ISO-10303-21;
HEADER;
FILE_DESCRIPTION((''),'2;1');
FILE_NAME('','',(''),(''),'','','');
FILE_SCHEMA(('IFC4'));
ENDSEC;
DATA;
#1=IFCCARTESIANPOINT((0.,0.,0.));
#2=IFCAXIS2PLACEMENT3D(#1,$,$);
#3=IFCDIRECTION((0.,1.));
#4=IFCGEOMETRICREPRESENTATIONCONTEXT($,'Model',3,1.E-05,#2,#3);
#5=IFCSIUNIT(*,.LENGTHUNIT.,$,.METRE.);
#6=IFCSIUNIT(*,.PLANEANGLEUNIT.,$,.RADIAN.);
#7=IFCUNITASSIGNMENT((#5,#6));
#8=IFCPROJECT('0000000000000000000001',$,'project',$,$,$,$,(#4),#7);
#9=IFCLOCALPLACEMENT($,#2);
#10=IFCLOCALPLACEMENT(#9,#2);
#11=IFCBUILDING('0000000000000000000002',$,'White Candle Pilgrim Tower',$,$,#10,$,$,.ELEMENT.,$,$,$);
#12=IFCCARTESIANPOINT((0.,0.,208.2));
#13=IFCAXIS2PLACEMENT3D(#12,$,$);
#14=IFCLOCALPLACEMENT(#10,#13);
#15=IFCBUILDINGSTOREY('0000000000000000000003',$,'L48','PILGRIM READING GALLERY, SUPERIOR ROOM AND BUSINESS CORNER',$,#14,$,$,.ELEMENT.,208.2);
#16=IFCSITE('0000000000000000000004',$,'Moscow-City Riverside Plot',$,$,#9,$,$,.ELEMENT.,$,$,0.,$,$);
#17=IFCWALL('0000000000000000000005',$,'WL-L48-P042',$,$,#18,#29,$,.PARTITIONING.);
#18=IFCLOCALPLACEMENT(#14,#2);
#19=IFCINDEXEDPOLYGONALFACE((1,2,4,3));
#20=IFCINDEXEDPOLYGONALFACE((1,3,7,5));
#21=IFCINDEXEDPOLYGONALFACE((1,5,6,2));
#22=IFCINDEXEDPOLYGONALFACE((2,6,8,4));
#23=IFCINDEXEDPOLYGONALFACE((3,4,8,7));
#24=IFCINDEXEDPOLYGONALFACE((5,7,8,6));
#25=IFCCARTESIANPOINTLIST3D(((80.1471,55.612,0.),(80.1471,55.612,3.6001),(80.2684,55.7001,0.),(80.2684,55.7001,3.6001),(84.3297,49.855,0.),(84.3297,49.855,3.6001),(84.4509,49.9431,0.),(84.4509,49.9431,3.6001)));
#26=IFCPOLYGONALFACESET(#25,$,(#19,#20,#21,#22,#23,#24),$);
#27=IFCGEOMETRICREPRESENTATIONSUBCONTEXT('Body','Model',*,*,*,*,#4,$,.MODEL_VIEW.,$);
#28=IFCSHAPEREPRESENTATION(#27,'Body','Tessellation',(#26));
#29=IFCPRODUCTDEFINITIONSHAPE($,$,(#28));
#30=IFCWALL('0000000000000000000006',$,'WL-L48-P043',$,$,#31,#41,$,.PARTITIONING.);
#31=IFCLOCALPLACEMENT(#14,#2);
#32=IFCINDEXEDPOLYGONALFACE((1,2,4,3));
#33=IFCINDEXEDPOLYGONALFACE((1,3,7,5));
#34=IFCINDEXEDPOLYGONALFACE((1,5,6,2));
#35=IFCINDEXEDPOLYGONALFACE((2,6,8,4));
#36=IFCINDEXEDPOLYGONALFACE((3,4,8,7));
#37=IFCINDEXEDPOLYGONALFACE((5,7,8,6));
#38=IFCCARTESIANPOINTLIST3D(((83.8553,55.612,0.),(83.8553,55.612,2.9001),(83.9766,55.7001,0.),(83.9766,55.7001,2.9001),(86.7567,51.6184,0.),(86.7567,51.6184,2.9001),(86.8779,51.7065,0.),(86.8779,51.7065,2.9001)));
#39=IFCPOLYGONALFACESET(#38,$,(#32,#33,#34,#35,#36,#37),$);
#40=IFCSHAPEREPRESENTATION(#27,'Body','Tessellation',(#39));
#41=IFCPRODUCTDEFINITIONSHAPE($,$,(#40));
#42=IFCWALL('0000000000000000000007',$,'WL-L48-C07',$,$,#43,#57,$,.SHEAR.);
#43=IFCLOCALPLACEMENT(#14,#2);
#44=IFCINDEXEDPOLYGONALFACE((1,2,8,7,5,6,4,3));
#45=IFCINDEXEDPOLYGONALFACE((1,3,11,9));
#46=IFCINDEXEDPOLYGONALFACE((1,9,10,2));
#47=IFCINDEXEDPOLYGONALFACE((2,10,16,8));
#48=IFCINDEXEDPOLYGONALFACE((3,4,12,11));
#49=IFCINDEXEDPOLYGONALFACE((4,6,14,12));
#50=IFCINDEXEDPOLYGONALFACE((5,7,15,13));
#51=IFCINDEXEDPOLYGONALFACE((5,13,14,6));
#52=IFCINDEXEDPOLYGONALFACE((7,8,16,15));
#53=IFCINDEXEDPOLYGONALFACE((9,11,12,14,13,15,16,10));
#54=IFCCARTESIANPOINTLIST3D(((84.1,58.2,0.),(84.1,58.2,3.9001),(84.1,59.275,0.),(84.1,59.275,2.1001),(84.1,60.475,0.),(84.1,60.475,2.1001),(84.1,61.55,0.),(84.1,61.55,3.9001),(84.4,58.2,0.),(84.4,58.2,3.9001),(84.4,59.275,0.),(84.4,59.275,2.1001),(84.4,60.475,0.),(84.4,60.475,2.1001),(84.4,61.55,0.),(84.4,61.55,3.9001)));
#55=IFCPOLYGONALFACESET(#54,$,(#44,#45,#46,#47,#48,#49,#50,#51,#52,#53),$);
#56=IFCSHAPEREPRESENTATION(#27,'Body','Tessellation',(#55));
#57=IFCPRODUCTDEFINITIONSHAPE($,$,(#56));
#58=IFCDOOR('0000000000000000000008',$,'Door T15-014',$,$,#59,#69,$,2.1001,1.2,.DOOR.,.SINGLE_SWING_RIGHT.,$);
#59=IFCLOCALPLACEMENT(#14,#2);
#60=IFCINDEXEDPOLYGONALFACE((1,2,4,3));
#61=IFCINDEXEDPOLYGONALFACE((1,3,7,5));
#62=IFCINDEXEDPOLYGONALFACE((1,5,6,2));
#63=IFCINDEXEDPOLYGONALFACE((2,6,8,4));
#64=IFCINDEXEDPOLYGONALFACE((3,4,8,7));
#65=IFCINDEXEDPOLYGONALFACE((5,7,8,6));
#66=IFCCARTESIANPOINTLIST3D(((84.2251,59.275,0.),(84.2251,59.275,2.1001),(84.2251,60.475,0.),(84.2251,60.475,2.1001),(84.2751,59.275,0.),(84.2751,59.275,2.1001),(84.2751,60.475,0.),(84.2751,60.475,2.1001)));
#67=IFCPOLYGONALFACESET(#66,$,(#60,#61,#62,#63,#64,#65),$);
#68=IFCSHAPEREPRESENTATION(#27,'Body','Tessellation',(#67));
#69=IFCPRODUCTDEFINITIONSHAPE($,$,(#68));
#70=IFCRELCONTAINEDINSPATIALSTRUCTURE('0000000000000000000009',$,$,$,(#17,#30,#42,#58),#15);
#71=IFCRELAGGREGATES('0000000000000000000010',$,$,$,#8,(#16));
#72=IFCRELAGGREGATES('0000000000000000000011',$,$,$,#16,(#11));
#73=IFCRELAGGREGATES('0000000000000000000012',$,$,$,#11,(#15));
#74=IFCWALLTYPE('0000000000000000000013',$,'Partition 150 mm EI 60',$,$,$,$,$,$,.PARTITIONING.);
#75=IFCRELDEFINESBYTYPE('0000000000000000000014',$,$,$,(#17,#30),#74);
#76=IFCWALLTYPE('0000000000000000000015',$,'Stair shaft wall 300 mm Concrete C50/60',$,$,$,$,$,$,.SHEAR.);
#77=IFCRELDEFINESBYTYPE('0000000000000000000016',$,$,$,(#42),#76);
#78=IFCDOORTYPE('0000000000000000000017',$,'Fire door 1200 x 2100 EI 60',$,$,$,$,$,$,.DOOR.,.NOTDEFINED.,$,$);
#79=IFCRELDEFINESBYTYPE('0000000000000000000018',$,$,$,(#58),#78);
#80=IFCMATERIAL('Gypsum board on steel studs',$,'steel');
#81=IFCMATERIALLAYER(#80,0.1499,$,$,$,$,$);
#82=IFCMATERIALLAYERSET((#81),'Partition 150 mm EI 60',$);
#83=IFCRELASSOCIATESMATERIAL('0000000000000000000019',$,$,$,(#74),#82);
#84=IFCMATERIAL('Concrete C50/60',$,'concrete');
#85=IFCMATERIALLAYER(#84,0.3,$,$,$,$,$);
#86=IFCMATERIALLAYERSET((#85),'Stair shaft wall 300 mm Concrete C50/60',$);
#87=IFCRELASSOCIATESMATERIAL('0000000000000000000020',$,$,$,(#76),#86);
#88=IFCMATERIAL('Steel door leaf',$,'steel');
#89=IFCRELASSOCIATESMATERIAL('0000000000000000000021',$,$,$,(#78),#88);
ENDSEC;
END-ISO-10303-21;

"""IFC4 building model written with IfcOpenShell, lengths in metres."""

from ifc_helpers import new_model, si_unit, direction, frame, frame_2d, origin, place, context, subcontext, project, spatial, rectangle, extrude, material, layer, layer_set, type_object, element, fill, save


model = new_model("IFC4")

# Units and contexts
model_context = context("Model", 3, precision=1e-05, world=origin(), true_north=direction((0.0, 1.0)))
body_context = subcontext(model_context, "Body", "Model", "MODEL_VIEW")
ifc_project = project(units=[si_unit("LENGTHUNIT", "METRE"), si_unit("PLANEANGLEUNIT", "RADIAN")], contexts=[model_context])

# Site, building, storey
site_placement = place(None, origin())
site = spatial("IfcSite", under=ifc_project, at=site_placement, Name="Moscow-City Riverside Plot", CompositionType="ELEMENT", RefElevation=0.0)
building_placement = place(site_placement, origin())
building = spatial("IfcBuilding", under=site, at=building_placement, Name="White Candle Pilgrim Tower", CompositionType="ELEMENT")
storey_placement = place(building_placement, frame((0.0, 0.0, 208.2)))
storey = spatial("IfcBuildingStorey", under=building, at=storey_placement, Name="L48", Description="PILGRIM READING GALLERY, SUPERIOR ROOM AND BUSINESS CORNER", CompositionType="ELEMENT", Elevation=208.2)

# Shared definitions
ifc_material_1 = material(Name="Concrete C50/60", Category="concrete")

# Shared definitions
ifc_material_2 = material(Name="Gypsum board on steel studs", Category="steel")
ifc_material_3 = material(Name="Steel door leaf", Category="steel")

# Walls
ifc_layer_1 = layer(ifc_material_2, 0.1499)
ifc_layer_set_1 = layer_set([ifc_layer_1], Name="Partition 150 mm EI 60")
wall_type_1 = type_object("IfcWallType", Name="Partition 150 mm EI 60", PredefinedType="PARTITIONING", material=ifc_layer_set_1)
wall_1_placement = place(storey_placement, frame((84.3904, 49.8989, 0.0), z_axis=(0.0, 0.0, 1.0), x_axis=(-0.587772, 0.809027, 0.0)))
element("IfcWall", 1, at=wall_1_placement, inside=storey, type_object=wall_type_1, Name="WL-L48-P042", PredefinedType="PARTITIONING", context=body_context, shape_type="SweptSolid", body=[
    extrude(rectangle(XDim=7.116, YDim=0.1499, at=frame_2d((3.5581, 0.0))), origin(), (0.0, 0.0, 1.0), 3.6001),
])
wall_2_placement = place(storey_placement, frame((86.8174, 51.6624, 0.0), z_axis=(0.0, 0.0, 1.0), x_axis=(-0.58776, 0.809035, 0.0)))
element("IfcWall", 2, at=wall_2_placement, inside=storey, type_object=wall_type_1, Name="WL-L48-P043", PredefinedType="PARTITIONING", context=body_context, shape_type="SweptSolid", body=[
    extrude(rectangle(XDim=4.9363, YDim=0.1499, at=frame_2d((2.4683, 0.0))), origin(), (0.0, 0.0, 1.0), 2.9001),
])

# Wall, opening, door
ifc_layer_2 = layer(ifc_material_1, 0.3)
ifc_layer_set_2 = layer_set([ifc_layer_2], Name="Stair shaft wall 300 mm Concrete C50/60")
wall_type_2 = type_object("IfcWallType", Name="Stair shaft wall 300 mm Concrete C50/60", PredefinedType="SHEAR", material=ifc_layer_set_2)
wall_3_placement = place(storey_placement, frame((84.25, 58.2, 0.0), z_axis=(0.0, 0.0, 1.0), x_axis=(0.0, 1.0, 0.0)))
wall_3 = element("IfcWall", 3, at=wall_3_placement, inside=storey, type_object=wall_type_2, Name="WL-L48-C07", PredefinedType="SHEAR", context=body_context, shape_type="SweptSolid", body=[
    extrude(rectangle(XDim=3.3501, YDim=0.3, at=frame_2d((1.675, 0.0))), origin(), (0.0, 0.0, 1.0), 3.9001),
])
opening_1_placement = place(wall_3_placement, frame((1.075, 0.0, 0.0)))
opening_1 = element("IfcOpeningElement", 4, at=opening_1_placement, cuts=wall_3, PredefinedType="OPENING", context=body_context, shape_type="SweptSolid", body=[
    extrude(rectangle(XDim=1.2, YDim=2.1001, at=frame_2d((0.6001, 1.05))), frame((0.0, 0.1599, 0.0), z_axis=(0.0, -1.0, 0.0), x_axis=(1.0, 0.0, 0.0)), (0.0, 0.0, 1.0), 0.3201),
])
door_type_1 = type_object("IfcDoorType", Name="Fire door 1200 x 2100 EI 60", OperationType="NOTDEFINED", PredefinedType="DOOR", material=ifc_material_3)
door_1_placement = place(opening_1_placement, origin())
door_1 = element("IfcDoor", 5, at=door_1_placement, inside=storey, type_object=door_type_1, Name="Door T15-014", OperationType="SINGLE_SWING_RIGHT", OverallHeight=2.1001, OverallWidth=1.2, PredefinedType="DOOR", context=body_context, shape_type="SweptSolid", body=[
    extrude(rectangle(XDim=1.2, YDim=2.1001, at=frame_2d((0.6001, 1.05))), frame((0.0, 0.0249, 0.0), z_axis=(0.0, -1.0, 0.0), x_axis=(1.0, 0.0, 0.0)), (0.0, 0.0, 1.0), 0.05),
])
fill(opening_1, door_1)

save(model, "model.ifc")
